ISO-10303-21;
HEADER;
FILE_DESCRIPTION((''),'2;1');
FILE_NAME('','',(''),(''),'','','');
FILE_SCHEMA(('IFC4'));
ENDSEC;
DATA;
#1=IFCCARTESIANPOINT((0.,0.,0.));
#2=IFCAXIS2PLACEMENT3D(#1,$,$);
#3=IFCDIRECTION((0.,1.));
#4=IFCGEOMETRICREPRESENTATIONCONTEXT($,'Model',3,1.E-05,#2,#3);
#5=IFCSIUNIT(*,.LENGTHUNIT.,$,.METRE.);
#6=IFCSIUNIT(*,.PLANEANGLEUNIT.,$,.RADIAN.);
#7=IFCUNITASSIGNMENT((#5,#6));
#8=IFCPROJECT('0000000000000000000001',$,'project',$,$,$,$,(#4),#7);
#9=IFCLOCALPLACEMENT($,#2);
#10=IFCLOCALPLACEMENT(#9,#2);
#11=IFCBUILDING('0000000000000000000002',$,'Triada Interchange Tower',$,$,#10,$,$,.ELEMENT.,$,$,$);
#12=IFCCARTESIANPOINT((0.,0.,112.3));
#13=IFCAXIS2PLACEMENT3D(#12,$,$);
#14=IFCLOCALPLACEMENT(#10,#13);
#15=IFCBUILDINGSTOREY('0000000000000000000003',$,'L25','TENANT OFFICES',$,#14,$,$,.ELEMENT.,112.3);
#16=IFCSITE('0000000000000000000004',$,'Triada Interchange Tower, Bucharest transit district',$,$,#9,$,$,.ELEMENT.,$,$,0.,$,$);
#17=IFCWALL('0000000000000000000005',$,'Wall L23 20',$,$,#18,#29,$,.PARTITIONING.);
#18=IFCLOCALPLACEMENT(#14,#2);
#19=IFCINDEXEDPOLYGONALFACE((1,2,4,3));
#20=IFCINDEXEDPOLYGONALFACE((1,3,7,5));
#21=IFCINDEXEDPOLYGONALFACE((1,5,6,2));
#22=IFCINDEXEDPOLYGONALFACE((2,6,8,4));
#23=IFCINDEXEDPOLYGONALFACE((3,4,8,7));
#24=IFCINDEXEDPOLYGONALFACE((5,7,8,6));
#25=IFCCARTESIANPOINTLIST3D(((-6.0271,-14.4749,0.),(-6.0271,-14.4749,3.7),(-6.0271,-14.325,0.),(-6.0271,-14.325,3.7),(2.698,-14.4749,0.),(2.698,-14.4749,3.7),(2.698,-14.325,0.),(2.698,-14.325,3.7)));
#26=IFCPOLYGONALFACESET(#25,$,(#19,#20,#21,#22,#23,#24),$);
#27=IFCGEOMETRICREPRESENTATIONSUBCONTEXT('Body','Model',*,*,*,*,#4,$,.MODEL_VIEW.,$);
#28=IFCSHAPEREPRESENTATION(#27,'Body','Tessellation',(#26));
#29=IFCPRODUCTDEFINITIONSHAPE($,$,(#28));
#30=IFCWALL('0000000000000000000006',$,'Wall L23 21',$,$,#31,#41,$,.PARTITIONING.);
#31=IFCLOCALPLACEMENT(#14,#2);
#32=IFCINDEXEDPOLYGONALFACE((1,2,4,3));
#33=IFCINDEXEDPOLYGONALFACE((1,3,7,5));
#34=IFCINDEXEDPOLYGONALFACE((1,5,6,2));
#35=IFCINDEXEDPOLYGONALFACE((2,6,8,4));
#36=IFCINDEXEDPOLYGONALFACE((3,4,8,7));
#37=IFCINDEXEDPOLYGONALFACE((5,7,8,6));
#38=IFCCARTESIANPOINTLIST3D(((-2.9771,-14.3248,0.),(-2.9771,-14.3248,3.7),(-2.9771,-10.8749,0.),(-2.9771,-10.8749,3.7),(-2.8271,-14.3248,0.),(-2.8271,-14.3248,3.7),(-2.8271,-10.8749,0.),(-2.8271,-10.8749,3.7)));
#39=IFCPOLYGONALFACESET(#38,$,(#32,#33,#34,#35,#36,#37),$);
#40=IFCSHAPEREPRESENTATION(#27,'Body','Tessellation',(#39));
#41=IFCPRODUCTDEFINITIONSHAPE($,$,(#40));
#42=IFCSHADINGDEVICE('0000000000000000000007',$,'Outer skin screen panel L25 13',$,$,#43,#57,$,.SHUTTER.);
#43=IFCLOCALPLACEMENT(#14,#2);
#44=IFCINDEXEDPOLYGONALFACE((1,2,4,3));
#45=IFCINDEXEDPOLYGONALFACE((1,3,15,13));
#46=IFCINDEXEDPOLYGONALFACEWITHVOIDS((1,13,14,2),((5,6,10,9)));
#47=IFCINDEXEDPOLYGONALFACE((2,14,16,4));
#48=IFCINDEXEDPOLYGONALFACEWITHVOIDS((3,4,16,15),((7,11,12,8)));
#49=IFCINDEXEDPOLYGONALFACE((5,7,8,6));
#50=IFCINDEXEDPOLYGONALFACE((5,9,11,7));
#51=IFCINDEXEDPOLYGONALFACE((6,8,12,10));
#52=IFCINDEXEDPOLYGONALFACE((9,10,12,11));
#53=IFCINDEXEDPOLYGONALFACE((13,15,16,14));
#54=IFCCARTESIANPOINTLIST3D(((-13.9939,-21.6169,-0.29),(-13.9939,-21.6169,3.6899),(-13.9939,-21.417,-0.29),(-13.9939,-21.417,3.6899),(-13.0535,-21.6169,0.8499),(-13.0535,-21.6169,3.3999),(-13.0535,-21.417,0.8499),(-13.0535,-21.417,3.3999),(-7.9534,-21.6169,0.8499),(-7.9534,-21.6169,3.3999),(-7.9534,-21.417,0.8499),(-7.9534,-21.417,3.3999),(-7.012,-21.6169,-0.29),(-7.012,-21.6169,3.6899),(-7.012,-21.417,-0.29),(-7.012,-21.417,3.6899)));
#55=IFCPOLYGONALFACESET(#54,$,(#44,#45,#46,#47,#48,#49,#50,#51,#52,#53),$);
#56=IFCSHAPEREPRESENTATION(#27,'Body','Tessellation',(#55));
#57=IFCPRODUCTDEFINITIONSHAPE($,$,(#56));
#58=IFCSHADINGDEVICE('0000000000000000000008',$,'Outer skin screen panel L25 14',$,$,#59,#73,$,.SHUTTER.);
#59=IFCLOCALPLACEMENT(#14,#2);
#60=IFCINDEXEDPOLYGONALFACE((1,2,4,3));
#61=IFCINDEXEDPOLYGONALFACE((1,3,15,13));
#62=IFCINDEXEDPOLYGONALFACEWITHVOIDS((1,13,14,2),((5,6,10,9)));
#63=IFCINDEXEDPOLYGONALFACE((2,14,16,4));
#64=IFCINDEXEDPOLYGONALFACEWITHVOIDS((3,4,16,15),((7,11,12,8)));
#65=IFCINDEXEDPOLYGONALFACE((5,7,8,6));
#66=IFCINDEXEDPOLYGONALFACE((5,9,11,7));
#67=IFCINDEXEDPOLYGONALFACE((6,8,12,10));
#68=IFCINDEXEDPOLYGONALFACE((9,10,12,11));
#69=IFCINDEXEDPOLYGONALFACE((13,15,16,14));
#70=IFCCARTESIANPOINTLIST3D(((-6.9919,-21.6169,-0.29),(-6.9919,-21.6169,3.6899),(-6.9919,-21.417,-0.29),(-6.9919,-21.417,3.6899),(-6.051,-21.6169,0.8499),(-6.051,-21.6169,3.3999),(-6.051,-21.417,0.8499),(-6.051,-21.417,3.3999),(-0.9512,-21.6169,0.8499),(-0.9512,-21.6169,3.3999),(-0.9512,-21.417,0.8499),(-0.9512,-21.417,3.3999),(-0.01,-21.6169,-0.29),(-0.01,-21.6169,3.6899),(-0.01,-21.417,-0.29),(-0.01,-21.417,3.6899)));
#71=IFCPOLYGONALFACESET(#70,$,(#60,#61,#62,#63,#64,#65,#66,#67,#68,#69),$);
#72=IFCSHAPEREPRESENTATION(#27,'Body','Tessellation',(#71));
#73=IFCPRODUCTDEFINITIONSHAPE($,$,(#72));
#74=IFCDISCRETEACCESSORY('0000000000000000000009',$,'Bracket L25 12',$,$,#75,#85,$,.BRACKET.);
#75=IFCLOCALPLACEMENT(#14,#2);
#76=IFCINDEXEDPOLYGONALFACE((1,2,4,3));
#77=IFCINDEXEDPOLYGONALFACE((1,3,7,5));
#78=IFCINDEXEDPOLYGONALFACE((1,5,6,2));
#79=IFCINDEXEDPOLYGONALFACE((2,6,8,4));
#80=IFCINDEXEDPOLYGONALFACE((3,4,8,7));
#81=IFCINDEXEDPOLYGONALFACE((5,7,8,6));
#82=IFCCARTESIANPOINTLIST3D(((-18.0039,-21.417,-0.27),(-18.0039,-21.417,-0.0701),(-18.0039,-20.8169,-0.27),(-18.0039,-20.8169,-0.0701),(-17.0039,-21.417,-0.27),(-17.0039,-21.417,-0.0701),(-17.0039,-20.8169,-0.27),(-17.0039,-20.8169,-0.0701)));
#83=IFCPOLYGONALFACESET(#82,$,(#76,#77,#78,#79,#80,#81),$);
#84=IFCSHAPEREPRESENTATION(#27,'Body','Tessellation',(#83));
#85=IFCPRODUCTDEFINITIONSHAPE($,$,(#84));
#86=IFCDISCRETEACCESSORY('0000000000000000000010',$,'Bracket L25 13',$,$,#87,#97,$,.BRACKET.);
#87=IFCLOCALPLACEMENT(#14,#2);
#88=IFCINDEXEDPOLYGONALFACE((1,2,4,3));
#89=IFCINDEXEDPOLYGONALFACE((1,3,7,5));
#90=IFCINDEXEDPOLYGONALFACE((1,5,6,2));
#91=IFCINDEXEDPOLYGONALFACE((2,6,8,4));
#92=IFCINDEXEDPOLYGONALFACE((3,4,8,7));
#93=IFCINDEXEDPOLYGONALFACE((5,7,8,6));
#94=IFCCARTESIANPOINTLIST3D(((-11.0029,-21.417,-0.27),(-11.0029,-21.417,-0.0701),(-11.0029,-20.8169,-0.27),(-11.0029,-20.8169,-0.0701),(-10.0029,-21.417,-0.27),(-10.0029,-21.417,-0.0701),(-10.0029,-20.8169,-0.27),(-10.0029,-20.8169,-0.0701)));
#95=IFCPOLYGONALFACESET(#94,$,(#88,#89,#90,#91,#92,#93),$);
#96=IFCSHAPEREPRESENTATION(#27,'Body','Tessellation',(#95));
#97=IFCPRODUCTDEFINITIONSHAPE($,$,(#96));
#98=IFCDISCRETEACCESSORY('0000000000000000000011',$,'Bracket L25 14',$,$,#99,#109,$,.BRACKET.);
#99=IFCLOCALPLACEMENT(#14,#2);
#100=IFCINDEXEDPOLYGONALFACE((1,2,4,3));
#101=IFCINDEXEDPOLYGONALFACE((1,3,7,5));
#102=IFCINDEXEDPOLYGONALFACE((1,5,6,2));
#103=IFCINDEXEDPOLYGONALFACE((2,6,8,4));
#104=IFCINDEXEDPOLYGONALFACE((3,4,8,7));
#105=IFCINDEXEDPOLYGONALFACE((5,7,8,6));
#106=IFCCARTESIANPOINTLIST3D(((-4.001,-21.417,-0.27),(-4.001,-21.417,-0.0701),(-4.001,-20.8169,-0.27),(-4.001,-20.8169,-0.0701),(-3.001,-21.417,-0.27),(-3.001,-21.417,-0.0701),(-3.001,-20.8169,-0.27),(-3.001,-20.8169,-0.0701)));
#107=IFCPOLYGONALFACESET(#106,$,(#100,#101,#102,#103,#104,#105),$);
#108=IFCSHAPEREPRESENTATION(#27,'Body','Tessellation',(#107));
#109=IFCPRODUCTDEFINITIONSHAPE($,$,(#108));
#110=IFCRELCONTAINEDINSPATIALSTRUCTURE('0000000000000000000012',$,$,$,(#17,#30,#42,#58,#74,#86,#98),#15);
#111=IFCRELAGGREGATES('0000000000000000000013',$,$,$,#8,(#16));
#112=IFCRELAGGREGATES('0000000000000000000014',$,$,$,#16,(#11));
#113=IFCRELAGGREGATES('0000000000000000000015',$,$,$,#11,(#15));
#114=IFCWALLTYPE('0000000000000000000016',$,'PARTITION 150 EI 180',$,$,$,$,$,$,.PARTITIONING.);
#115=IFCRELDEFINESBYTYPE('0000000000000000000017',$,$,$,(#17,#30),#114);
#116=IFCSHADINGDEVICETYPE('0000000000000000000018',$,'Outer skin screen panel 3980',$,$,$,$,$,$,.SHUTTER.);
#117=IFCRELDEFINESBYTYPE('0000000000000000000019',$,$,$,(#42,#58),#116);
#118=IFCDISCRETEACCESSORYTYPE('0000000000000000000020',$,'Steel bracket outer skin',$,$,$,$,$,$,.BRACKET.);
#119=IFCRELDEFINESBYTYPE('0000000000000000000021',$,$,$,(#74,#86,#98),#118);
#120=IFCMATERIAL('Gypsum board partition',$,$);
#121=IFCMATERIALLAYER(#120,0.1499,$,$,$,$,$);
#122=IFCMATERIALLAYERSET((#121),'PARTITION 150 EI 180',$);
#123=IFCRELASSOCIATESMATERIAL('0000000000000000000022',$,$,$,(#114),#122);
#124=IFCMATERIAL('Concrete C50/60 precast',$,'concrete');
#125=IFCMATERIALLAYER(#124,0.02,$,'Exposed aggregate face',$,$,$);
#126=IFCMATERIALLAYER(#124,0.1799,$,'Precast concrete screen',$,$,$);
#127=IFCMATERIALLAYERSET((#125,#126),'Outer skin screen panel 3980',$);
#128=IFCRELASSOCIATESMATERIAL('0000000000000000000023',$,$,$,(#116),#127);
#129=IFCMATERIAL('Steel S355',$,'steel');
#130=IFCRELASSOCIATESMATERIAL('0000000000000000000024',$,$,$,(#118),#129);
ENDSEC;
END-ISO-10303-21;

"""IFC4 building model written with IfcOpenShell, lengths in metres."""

from ifc_helpers import new_model, si_unit, direction, frame, frame_2d, origin, origin_2d, place, context, subcontext, project, spatial, polyline, rectangle, outline, extrude, material, layer, layer_set, type_object, element, save


model = new_model("IFC4")

# Units and contexts
model_context = context("Model", 3, precision=1e-05, world=origin(), true_north=direction((0.0, 1.0)))
body_context = subcontext(model_context, "Body", "Model", "MODEL_VIEW")
ifc_project = project(units=[si_unit("LENGTHUNIT", "METRE"), si_unit("PLANEANGLEUNIT", "RADIAN")], contexts=[model_context])

# Site, building, storey
site_placement = place(None, origin())
site = spatial("IfcSite", under=ifc_project, at=site_placement, Name="Triada Interchange Tower, Bucharest transit district", CompositionType="ELEMENT", RefElevation=0.0)
building_placement = place(site_placement, origin())
building = spatial("IfcBuilding", under=site, at=building_placement, Name="Triada Interchange Tower", CompositionType="ELEMENT")
storey_placement = place(building_placement, frame((0.0, 0.0, 112.3)))
storey = spatial("IfcBuildingStorey", under=building, at=storey_placement, Name="L25", Description="TENANT OFFICES", CompositionType="ELEMENT", Elevation=112.3)

# Shared definitions
ifc_material_1 = material(Name="Gypsum board partition")
ifc_layer_1 = layer(ifc_material_1, 0.1499)
ifc_layer_set_1 = layer_set([ifc_layer_1], Name="PARTITION 150 EI 180")
wall_type = type_object("IfcWallType", Name="PARTITION 150 EI 180", PredefinedType="PARTITIONING", material=ifc_layer_set_1)

# Walls
wall_1_placement = place(storey_placement, frame((-6.0271, -14.3999, 0.0), z_axis=(0.0, 0.0, 1.0), x_axis=(1.0, 0.0, 0.0)))
element("IfcWall", 1, at=wall_1_placement, inside=storey, type_object=wall_type, Name="Wall L23 20", PredefinedType="PARTITIONING", context=body_context, shape_type="SweptSolid", body=[
    extrude(rectangle(XDim=8.7251, YDim=0.1499, at=frame_2d((4.3625, 0.0))), origin(), (0.0, 0.0, 1.0), 3.7),
])
wall_2_placement = place(storey_placement, frame((-2.9021, -14.325, 0.0), z_axis=(0.0, 0.0, 1.0), x_axis=(0.0, 1.0, 0.0)))
element("IfcWall", 2, at=wall_2_placement, inside=storey, type_object=wall_type, Name="Wall L23 21", PredefinedType="PARTITIONING", context=body_context, shape_type="SweptSolid", body=[
    extrude(rectangle(XDim=3.45, YDim=0.1499, at=frame_2d((1.7251, 0.0))), origin(), (0.0, 0.0, 1.0), 3.7),
])

# Shading devices
ifc_material_2 = material(Name="Concrete C50/60 precast", Category="concrete")
ifc_layer_2 = layer(ifc_material_2, 0.02, Name="Exposed aggregate face")
ifc_layer_3 = layer(ifc_material_2, 0.1799, Name="Precast concrete screen")
ifc_layer_set_2 = layer_set([ifc_layer_2, ifc_layer_3], Name="Outer skin screen panel 3980")
shading_device_type = type_object("IfcShadingDeviceType", Name="Outer skin screen panel 3980", PredefinedType="SHUTTER", material=ifc_layer_set_2)
shading_device_1_placement = place(storey_placement, frame((-13.9939, -21.417, -0.29), z_axis=(0.0, 0.0, 1.0), x_axis=(1.0, 0.0, 0.0)))
element("IfcShadingDevice", 3, at=shading_device_1_placement, inside=storey, type_object=shading_device_type, Name="Outer skin screen panel L25 13", PredefinedType="SHUTTER", context=body_context, shape_type="SweptSolid", body=[
    extrude(outline(polyline([(0.0, 0.0), (6.9819, 0.0), (6.9819, 3.98), (0.0, 3.98), (0.0, 0.0)]), holes=[polyline([(0.9404, 1.1399), (0.9404, 3.6899), (6.0405, 3.6899), (6.0405, 1.1399), (0.9404, 1.1399)])]), frame((0.0, 0.0, 0.0), z_axis=(0.0, -1.0, 0.0), x_axis=(1.0, 0.0, 0.0)), (0.0, 0.0, 1.0), 0.2),
])
shading_device_2_placement = place(storey_placement, frame((-6.9919, -21.417, -0.29), z_axis=(0.0, 0.0, 1.0), x_axis=(1.0, 0.0, 0.0)))
element("IfcShadingDevice", 4, at=shading_device_2_placement, inside=storey, type_object=shading_device_type, Name="Outer skin screen panel L25 14", PredefinedType="SHUTTER", context=body_context, shape_type="SweptSolid", body=[
    extrude(outline(polyline([(0.0, 0.0), (6.9819, 0.0), (6.9819, 3.98), (0.0, 3.98), (0.0, 0.0)]), holes=[polyline([(0.9409, 1.1399), (0.9409, 3.6899), (6.0408, 3.6899), (6.0408, 1.1399), (0.9409, 1.1399)])]), frame((0.0, 0.0, 0.0), z_axis=(0.0, -1.0, 0.0), x_axis=(1.0, 0.0, 0.0)), (0.0, 0.0, 1.0), 0.2),
])

# Discrete accessories
ifc_material_3 = material(Name="Steel S355", Category="steel")
discrete_accessory_type = type_object("IfcDiscreteAccessoryType", Name="Steel bracket outer skin", PredefinedType="BRACKET", material=ifc_material_3)
for number, where, z_axis, x_axis, name in (
    (5, (-17.5039, -21.1169, -0.27), (0.0, 0.0, 1.0), (0.0, -1.0, 0.0), "Bracket L25 12"),
    (6, (-10.5029, -21.1169, -0.27), (0.0, 0.0, 1.0), (0.0, -1.0, 0.0), "Bracket L25 13"),
    (7, (-3.501, -21.1169, -0.27), (0.0, 0.0, 1.0), (0.0, -1.0, 0.0), "Bracket L25 14"),
):
    element("IfcDiscreteAccessory", number, at=place(storey_placement, frame(where, z_axis=z_axis, x_axis=x_axis)), inside=storey, type_object=discrete_accessory_type, Name=name, PredefinedType="BRACKET", context=body_context, shape_type="SweptSolid", body=[
        extrude(rectangle(XDim=0.6001, YDim=1.0, at=origin_2d()), origin(), (0.0, 0.0, 1.0), 0.2),
    ])

save(model, "model.ifc")
